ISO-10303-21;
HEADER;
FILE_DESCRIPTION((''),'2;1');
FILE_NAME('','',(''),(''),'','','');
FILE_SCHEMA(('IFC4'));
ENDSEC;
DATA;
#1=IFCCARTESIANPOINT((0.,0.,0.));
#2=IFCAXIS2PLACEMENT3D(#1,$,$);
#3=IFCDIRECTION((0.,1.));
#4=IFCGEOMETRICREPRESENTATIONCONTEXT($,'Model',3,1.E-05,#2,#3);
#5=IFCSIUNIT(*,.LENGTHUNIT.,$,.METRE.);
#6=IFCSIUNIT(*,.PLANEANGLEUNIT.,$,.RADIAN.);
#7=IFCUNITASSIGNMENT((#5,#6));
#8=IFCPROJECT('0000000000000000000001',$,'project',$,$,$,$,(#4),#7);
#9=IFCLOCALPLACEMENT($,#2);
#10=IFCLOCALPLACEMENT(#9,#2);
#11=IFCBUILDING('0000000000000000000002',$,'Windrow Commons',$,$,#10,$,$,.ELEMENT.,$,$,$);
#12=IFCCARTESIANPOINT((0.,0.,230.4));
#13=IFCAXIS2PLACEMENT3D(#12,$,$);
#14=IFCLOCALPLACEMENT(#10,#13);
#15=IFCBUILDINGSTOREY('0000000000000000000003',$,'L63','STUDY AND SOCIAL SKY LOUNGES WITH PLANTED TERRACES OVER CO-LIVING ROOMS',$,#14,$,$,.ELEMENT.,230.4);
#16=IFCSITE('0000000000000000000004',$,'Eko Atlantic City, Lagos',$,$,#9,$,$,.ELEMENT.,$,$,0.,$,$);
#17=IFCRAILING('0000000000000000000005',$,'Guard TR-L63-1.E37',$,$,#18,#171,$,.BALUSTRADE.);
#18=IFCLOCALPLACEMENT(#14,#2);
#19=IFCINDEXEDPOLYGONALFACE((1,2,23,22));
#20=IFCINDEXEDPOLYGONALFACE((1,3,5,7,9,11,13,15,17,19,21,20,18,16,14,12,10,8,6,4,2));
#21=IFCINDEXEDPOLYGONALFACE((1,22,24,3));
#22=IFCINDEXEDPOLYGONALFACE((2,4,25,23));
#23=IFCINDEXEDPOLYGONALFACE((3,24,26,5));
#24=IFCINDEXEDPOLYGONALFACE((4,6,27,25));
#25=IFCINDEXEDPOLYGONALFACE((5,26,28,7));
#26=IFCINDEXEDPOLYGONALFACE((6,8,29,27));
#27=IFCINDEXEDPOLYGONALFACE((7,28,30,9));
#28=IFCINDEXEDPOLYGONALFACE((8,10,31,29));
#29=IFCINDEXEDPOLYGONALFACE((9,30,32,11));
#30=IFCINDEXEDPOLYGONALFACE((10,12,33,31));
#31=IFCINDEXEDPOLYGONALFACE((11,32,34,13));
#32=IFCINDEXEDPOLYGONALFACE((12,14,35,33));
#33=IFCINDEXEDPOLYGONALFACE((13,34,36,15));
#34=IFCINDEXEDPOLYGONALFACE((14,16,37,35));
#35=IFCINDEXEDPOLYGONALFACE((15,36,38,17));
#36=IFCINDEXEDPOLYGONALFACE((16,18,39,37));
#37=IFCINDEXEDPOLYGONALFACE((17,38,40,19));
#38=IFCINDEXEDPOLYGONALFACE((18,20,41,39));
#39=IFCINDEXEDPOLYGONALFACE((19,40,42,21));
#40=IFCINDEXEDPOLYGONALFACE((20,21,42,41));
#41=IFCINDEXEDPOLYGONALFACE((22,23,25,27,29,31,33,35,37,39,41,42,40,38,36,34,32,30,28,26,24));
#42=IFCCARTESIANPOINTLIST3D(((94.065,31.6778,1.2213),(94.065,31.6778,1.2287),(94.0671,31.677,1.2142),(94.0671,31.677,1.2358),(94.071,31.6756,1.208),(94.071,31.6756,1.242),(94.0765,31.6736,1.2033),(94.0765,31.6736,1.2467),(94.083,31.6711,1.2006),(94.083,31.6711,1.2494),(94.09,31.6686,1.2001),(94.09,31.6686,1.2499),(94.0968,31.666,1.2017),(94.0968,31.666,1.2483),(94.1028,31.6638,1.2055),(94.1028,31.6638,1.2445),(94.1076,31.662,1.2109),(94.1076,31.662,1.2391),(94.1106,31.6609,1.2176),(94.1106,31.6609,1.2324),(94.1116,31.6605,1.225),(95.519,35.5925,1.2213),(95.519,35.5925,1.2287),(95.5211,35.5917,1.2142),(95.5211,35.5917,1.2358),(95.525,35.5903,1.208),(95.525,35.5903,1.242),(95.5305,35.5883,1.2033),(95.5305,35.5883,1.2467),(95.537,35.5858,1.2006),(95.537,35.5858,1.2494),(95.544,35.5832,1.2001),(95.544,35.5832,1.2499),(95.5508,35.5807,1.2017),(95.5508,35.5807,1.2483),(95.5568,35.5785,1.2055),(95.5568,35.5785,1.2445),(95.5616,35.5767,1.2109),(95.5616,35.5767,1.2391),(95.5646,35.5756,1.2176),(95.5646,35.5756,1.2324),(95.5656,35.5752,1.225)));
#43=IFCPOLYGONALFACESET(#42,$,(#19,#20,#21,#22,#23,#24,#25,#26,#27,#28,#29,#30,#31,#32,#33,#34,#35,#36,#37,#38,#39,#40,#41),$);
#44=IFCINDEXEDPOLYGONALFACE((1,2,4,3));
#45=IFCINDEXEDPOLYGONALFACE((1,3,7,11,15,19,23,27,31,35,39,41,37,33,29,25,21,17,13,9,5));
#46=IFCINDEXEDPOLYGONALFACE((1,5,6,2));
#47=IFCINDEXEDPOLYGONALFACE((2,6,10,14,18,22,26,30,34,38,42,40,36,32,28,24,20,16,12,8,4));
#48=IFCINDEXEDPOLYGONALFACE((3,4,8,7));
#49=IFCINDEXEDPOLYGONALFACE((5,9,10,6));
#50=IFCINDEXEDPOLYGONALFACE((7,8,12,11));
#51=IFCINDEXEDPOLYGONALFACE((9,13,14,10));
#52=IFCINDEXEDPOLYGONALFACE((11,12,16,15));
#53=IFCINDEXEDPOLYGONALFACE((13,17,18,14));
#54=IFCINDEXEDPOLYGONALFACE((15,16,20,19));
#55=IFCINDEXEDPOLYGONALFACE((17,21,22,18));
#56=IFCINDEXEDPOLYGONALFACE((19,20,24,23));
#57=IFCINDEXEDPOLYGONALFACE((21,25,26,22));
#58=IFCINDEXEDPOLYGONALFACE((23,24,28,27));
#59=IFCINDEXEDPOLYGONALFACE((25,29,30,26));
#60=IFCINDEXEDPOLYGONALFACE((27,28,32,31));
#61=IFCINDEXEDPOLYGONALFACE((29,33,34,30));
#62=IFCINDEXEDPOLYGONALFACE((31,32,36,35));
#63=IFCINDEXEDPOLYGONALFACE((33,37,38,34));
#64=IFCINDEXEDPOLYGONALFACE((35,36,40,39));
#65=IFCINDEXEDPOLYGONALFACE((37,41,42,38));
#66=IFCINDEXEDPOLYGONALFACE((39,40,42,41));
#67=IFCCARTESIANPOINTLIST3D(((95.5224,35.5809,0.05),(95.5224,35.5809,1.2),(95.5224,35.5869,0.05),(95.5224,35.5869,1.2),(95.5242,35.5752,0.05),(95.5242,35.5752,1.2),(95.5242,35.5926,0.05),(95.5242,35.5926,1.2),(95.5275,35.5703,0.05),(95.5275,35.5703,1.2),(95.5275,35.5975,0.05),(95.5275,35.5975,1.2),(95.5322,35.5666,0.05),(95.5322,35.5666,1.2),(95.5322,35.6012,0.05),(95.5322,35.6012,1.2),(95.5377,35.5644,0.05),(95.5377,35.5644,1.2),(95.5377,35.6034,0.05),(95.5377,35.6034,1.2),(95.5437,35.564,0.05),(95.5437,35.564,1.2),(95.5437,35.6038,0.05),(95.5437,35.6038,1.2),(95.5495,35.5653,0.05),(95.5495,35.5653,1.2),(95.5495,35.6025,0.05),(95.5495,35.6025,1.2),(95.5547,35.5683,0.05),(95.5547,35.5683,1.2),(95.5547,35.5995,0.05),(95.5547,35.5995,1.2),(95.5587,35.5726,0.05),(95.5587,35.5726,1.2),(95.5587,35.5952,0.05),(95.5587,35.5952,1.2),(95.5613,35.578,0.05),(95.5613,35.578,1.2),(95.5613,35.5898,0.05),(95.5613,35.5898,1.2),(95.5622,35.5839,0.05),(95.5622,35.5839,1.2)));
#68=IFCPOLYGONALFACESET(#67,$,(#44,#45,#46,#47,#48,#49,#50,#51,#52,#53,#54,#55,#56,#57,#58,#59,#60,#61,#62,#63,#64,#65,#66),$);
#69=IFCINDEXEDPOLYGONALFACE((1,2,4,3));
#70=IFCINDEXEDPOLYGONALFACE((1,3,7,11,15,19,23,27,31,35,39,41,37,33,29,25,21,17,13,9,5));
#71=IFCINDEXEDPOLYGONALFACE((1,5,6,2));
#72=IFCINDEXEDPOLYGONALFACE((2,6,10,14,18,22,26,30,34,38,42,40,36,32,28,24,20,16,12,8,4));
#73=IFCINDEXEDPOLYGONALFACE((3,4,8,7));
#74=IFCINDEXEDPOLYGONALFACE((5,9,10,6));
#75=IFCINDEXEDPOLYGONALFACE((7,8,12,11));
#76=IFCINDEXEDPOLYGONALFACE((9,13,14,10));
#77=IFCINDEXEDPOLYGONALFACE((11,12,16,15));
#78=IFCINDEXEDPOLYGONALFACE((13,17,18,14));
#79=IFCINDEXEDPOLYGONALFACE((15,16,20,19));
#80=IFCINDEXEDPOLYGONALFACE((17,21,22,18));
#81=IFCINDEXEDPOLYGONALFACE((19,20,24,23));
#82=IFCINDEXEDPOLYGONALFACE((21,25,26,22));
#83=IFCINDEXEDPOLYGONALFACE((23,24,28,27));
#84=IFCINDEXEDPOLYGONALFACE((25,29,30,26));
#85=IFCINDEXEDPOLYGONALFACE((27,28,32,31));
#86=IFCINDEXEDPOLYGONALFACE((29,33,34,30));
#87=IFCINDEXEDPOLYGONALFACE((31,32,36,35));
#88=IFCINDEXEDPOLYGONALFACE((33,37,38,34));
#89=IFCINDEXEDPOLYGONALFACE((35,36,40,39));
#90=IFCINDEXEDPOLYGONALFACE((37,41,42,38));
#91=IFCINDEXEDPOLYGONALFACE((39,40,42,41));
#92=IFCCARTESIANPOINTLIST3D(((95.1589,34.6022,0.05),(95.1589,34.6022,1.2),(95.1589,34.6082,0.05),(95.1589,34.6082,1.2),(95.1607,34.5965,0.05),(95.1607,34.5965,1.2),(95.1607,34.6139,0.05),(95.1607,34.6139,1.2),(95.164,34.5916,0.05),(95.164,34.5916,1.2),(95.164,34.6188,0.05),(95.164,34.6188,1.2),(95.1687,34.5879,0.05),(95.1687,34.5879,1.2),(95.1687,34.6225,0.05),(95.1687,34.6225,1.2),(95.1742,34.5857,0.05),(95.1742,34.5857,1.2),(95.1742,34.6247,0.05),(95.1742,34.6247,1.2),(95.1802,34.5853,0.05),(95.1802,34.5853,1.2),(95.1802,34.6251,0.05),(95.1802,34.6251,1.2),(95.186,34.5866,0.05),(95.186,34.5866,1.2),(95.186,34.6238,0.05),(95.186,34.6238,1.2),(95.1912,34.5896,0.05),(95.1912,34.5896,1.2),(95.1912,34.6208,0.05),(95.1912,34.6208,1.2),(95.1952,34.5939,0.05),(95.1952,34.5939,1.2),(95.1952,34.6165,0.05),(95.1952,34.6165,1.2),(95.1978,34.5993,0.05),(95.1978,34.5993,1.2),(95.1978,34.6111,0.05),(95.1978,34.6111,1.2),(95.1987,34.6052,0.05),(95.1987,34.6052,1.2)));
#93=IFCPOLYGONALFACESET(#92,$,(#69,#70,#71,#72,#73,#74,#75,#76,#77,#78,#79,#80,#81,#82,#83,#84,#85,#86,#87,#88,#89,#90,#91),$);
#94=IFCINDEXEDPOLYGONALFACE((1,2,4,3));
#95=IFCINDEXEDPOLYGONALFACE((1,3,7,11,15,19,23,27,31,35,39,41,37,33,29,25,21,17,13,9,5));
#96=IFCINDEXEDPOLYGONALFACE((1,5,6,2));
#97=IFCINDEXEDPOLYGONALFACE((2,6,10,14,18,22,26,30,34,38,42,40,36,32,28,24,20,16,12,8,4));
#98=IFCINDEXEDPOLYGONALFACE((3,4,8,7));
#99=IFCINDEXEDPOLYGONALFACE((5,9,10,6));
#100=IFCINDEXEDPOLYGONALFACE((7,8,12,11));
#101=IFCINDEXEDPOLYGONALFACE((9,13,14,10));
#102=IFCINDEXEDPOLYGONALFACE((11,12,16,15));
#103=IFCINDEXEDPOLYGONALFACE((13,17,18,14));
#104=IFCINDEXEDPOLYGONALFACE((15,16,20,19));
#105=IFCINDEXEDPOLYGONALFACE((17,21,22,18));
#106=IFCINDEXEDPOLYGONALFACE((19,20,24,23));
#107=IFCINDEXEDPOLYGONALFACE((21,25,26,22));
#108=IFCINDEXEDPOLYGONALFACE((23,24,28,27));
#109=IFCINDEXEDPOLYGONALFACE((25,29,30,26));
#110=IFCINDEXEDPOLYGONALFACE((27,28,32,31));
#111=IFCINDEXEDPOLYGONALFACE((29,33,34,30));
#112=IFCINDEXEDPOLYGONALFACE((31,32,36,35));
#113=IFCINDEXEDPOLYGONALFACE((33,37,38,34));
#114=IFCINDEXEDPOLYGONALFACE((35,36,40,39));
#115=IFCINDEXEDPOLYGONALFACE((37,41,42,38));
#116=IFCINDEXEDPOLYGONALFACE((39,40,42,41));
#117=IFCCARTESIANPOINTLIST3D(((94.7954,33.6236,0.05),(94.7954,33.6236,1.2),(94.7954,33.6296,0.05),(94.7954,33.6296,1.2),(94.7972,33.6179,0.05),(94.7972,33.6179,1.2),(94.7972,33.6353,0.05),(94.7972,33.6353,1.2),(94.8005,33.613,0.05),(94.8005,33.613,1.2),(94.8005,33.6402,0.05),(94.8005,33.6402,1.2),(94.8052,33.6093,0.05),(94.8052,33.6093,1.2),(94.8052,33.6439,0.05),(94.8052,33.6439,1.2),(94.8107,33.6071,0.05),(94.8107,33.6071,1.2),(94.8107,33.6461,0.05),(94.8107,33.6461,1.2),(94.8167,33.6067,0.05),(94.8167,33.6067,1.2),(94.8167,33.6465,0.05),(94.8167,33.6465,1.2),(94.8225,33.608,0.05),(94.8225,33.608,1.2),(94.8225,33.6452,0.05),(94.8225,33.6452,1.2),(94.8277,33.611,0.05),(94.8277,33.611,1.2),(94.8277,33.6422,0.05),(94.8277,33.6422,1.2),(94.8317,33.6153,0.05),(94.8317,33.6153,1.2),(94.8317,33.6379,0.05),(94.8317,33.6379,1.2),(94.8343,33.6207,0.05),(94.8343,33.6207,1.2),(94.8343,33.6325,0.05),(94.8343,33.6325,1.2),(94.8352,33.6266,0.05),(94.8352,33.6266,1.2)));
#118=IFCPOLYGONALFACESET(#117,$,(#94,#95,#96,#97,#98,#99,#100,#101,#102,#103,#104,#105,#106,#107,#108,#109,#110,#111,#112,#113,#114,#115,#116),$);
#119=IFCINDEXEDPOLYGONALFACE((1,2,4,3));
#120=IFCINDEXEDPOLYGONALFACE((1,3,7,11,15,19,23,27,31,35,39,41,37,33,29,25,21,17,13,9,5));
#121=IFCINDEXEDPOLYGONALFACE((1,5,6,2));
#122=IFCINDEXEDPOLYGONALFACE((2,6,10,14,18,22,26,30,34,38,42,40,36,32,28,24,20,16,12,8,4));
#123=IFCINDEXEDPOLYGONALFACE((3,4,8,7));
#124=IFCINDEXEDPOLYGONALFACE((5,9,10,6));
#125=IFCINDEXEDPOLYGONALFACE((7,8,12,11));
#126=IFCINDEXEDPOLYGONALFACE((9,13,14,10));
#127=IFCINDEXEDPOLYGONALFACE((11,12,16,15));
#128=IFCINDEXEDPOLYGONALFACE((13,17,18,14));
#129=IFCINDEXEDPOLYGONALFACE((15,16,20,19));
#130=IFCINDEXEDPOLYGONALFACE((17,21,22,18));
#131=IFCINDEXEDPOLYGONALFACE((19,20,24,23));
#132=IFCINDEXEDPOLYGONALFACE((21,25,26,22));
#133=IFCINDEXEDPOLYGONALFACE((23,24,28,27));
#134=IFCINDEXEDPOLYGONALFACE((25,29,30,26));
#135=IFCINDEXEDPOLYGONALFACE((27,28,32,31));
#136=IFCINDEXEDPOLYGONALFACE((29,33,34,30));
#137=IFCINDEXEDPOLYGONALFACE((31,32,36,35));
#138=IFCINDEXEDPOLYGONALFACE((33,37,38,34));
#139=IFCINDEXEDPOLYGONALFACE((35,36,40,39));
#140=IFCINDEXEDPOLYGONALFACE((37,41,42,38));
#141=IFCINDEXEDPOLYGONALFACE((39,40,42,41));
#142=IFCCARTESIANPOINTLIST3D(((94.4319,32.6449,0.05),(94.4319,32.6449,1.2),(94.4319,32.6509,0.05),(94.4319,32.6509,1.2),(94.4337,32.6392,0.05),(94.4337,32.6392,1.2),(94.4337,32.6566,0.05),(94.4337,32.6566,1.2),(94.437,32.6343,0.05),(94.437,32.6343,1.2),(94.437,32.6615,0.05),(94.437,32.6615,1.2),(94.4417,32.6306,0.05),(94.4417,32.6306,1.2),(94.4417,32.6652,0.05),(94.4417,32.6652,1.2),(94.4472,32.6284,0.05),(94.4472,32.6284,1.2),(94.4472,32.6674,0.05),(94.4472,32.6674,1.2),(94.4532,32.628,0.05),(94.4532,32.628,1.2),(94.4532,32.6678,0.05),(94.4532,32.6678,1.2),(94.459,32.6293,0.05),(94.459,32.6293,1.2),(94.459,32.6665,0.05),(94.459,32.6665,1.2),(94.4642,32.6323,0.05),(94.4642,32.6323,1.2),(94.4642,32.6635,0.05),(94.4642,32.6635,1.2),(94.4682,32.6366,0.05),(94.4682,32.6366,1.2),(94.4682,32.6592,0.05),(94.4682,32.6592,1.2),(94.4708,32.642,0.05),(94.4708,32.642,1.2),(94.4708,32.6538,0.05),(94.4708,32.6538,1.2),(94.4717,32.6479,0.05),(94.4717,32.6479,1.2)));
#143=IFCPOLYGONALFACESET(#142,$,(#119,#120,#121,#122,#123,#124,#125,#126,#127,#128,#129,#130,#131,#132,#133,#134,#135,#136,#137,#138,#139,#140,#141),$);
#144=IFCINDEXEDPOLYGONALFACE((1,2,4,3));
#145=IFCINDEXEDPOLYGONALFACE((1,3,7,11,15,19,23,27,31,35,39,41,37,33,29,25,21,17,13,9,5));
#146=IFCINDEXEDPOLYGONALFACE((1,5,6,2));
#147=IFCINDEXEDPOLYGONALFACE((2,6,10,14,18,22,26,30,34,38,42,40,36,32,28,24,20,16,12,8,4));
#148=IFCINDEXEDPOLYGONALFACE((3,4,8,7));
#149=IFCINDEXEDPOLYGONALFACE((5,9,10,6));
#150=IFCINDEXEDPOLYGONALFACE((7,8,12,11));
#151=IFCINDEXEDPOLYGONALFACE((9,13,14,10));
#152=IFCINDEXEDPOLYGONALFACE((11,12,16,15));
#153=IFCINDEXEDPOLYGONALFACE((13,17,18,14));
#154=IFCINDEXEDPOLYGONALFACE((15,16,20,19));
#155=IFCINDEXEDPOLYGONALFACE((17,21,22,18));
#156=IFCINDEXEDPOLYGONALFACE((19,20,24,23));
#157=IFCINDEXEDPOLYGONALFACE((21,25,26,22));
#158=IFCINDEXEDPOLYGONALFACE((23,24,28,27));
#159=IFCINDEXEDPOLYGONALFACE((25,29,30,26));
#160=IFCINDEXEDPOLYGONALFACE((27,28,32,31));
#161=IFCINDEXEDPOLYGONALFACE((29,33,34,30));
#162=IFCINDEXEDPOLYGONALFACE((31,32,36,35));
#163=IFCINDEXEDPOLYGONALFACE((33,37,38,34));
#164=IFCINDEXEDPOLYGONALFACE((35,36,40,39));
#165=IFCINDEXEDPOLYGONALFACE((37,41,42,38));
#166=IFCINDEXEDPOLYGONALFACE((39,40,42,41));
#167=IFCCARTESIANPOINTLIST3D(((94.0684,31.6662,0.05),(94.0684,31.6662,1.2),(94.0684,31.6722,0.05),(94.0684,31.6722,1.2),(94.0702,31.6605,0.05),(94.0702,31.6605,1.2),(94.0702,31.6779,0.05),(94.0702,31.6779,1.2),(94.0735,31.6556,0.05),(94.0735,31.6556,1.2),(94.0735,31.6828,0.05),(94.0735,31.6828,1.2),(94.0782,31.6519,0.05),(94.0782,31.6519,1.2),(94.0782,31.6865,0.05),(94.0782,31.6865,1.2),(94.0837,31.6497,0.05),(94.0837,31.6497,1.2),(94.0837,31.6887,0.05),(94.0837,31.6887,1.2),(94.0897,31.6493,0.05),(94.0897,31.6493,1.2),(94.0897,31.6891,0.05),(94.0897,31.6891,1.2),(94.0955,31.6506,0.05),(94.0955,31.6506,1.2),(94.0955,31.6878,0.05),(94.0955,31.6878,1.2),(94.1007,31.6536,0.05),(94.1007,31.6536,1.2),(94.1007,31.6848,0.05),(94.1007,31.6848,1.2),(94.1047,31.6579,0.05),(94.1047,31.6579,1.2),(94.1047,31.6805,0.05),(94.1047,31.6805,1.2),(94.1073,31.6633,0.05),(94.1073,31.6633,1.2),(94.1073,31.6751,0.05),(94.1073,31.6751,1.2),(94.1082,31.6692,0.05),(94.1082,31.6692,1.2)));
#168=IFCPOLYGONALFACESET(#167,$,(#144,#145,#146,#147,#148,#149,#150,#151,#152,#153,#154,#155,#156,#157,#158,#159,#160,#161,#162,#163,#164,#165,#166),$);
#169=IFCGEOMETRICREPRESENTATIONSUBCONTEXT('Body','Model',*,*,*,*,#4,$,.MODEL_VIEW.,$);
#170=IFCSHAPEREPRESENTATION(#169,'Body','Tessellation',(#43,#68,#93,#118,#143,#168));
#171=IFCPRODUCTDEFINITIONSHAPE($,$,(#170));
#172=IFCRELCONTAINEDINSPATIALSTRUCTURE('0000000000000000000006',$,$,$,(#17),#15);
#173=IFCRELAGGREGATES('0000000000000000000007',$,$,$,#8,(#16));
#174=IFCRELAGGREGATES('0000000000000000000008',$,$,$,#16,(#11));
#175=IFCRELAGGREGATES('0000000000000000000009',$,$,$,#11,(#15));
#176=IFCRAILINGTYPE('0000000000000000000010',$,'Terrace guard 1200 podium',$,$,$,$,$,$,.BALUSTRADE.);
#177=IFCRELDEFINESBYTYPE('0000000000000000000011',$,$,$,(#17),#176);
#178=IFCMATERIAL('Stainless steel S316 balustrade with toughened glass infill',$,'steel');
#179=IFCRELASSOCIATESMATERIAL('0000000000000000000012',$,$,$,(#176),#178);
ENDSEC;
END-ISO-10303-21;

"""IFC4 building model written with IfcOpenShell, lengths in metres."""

from ifc_helpers import new_model, si_unit, direction, frame, origin, origin_2d, place, context, subcontext, project, spatial, circle, extrude, material, type_object, element, save


model = new_model("IFC4")

# Units and contexts
model_context = context("Model", 3, precision=1e-05, world=origin(), true_north=direction((0.0, 1.0)))
body_context = subcontext(model_context, "Body", "Model", "MODEL_VIEW")
ifc_project = project(units=[si_unit("LENGTHUNIT", "METRE"), si_unit("PLANEANGLEUNIT", "RADIAN")], contexts=[model_context])

# Site, building, storey
site_placement = place(None, origin())
site = spatial("IfcSite", under=ifc_project, at=site_placement, Name="Eko Atlantic City, Lagos", CompositionType="ELEMENT", RefElevation=0.0)
building_placement = place(site_placement, origin())
building = spatial("IfcBuilding", under=site, at=building_placement, Name="Windrow Commons", CompositionType="ELEMENT")
storey_placement = place(building_placement, frame((0.0, 0.0, 230.4)))
storey = spatial("IfcBuildingStorey", under=building, at=storey_placement, Name="L63", Description="STUDY AND SOCIAL SKY LOUNGES WITH PLANTED TERRACES OVER CO-LIVING ROOMS", CompositionType="ELEMENT", Elevation=230.4)

# Railing
ifc_material_1 = material(Name="Stainless steel S316 balustrade with toughened glass infill", Category="steel")
railing_type = type_object("IfcRailingType", Name="Terrace guard 1200 podium", PredefinedType="BALUSTRADE", material=ifc_material_1)
railing_1_placement = place(storey_placement, frame((95.5422, 35.5839, 0.05)))
element("IfcRailing", 1, at=railing_1_placement, inside=storey, type_object=railing_type, Name="Guard TR-L63-1.E37", PredefinedType="BALUSTRADE", context=body_context, shape_type="SweptSolid", body=[
    extrude(circle(Radius=0.025, at=origin_2d()), frame((0.0, 0.0, 1.175), z_axis=(-0.34818, -0.937428, 0.0), x_axis=(0.937428, -0.34818, 0.0)), (0.0, 0.0, 1.0), 4.176),
    extrude(circle(Radius=0.02, at=origin_2d()), origin(), (0.0, 0.0, 1.0), 1.15),
    extrude(circle(Radius=0.02, at=origin_2d()), frame((-0.3635, -0.9787, 0.0)), (0.0, 0.0, 1.0), 1.15),
    extrude(circle(Radius=0.02, at=origin_2d()), frame((-0.727, -1.9573, 0.0)), (0.0, 0.0, 1.0), 1.15),
    extrude(circle(Radius=0.02, at=origin_2d()), frame((-1.0905, -2.936, 0.0)), (0.0, 0.0, 1.0), 1.15),
    extrude(circle(Radius=0.02, at=origin_2d()), frame((-1.454, -3.9147, 0.0)), (0.0, 0.0, 1.0), 1.15),
])

save(model, "model.ifc")
